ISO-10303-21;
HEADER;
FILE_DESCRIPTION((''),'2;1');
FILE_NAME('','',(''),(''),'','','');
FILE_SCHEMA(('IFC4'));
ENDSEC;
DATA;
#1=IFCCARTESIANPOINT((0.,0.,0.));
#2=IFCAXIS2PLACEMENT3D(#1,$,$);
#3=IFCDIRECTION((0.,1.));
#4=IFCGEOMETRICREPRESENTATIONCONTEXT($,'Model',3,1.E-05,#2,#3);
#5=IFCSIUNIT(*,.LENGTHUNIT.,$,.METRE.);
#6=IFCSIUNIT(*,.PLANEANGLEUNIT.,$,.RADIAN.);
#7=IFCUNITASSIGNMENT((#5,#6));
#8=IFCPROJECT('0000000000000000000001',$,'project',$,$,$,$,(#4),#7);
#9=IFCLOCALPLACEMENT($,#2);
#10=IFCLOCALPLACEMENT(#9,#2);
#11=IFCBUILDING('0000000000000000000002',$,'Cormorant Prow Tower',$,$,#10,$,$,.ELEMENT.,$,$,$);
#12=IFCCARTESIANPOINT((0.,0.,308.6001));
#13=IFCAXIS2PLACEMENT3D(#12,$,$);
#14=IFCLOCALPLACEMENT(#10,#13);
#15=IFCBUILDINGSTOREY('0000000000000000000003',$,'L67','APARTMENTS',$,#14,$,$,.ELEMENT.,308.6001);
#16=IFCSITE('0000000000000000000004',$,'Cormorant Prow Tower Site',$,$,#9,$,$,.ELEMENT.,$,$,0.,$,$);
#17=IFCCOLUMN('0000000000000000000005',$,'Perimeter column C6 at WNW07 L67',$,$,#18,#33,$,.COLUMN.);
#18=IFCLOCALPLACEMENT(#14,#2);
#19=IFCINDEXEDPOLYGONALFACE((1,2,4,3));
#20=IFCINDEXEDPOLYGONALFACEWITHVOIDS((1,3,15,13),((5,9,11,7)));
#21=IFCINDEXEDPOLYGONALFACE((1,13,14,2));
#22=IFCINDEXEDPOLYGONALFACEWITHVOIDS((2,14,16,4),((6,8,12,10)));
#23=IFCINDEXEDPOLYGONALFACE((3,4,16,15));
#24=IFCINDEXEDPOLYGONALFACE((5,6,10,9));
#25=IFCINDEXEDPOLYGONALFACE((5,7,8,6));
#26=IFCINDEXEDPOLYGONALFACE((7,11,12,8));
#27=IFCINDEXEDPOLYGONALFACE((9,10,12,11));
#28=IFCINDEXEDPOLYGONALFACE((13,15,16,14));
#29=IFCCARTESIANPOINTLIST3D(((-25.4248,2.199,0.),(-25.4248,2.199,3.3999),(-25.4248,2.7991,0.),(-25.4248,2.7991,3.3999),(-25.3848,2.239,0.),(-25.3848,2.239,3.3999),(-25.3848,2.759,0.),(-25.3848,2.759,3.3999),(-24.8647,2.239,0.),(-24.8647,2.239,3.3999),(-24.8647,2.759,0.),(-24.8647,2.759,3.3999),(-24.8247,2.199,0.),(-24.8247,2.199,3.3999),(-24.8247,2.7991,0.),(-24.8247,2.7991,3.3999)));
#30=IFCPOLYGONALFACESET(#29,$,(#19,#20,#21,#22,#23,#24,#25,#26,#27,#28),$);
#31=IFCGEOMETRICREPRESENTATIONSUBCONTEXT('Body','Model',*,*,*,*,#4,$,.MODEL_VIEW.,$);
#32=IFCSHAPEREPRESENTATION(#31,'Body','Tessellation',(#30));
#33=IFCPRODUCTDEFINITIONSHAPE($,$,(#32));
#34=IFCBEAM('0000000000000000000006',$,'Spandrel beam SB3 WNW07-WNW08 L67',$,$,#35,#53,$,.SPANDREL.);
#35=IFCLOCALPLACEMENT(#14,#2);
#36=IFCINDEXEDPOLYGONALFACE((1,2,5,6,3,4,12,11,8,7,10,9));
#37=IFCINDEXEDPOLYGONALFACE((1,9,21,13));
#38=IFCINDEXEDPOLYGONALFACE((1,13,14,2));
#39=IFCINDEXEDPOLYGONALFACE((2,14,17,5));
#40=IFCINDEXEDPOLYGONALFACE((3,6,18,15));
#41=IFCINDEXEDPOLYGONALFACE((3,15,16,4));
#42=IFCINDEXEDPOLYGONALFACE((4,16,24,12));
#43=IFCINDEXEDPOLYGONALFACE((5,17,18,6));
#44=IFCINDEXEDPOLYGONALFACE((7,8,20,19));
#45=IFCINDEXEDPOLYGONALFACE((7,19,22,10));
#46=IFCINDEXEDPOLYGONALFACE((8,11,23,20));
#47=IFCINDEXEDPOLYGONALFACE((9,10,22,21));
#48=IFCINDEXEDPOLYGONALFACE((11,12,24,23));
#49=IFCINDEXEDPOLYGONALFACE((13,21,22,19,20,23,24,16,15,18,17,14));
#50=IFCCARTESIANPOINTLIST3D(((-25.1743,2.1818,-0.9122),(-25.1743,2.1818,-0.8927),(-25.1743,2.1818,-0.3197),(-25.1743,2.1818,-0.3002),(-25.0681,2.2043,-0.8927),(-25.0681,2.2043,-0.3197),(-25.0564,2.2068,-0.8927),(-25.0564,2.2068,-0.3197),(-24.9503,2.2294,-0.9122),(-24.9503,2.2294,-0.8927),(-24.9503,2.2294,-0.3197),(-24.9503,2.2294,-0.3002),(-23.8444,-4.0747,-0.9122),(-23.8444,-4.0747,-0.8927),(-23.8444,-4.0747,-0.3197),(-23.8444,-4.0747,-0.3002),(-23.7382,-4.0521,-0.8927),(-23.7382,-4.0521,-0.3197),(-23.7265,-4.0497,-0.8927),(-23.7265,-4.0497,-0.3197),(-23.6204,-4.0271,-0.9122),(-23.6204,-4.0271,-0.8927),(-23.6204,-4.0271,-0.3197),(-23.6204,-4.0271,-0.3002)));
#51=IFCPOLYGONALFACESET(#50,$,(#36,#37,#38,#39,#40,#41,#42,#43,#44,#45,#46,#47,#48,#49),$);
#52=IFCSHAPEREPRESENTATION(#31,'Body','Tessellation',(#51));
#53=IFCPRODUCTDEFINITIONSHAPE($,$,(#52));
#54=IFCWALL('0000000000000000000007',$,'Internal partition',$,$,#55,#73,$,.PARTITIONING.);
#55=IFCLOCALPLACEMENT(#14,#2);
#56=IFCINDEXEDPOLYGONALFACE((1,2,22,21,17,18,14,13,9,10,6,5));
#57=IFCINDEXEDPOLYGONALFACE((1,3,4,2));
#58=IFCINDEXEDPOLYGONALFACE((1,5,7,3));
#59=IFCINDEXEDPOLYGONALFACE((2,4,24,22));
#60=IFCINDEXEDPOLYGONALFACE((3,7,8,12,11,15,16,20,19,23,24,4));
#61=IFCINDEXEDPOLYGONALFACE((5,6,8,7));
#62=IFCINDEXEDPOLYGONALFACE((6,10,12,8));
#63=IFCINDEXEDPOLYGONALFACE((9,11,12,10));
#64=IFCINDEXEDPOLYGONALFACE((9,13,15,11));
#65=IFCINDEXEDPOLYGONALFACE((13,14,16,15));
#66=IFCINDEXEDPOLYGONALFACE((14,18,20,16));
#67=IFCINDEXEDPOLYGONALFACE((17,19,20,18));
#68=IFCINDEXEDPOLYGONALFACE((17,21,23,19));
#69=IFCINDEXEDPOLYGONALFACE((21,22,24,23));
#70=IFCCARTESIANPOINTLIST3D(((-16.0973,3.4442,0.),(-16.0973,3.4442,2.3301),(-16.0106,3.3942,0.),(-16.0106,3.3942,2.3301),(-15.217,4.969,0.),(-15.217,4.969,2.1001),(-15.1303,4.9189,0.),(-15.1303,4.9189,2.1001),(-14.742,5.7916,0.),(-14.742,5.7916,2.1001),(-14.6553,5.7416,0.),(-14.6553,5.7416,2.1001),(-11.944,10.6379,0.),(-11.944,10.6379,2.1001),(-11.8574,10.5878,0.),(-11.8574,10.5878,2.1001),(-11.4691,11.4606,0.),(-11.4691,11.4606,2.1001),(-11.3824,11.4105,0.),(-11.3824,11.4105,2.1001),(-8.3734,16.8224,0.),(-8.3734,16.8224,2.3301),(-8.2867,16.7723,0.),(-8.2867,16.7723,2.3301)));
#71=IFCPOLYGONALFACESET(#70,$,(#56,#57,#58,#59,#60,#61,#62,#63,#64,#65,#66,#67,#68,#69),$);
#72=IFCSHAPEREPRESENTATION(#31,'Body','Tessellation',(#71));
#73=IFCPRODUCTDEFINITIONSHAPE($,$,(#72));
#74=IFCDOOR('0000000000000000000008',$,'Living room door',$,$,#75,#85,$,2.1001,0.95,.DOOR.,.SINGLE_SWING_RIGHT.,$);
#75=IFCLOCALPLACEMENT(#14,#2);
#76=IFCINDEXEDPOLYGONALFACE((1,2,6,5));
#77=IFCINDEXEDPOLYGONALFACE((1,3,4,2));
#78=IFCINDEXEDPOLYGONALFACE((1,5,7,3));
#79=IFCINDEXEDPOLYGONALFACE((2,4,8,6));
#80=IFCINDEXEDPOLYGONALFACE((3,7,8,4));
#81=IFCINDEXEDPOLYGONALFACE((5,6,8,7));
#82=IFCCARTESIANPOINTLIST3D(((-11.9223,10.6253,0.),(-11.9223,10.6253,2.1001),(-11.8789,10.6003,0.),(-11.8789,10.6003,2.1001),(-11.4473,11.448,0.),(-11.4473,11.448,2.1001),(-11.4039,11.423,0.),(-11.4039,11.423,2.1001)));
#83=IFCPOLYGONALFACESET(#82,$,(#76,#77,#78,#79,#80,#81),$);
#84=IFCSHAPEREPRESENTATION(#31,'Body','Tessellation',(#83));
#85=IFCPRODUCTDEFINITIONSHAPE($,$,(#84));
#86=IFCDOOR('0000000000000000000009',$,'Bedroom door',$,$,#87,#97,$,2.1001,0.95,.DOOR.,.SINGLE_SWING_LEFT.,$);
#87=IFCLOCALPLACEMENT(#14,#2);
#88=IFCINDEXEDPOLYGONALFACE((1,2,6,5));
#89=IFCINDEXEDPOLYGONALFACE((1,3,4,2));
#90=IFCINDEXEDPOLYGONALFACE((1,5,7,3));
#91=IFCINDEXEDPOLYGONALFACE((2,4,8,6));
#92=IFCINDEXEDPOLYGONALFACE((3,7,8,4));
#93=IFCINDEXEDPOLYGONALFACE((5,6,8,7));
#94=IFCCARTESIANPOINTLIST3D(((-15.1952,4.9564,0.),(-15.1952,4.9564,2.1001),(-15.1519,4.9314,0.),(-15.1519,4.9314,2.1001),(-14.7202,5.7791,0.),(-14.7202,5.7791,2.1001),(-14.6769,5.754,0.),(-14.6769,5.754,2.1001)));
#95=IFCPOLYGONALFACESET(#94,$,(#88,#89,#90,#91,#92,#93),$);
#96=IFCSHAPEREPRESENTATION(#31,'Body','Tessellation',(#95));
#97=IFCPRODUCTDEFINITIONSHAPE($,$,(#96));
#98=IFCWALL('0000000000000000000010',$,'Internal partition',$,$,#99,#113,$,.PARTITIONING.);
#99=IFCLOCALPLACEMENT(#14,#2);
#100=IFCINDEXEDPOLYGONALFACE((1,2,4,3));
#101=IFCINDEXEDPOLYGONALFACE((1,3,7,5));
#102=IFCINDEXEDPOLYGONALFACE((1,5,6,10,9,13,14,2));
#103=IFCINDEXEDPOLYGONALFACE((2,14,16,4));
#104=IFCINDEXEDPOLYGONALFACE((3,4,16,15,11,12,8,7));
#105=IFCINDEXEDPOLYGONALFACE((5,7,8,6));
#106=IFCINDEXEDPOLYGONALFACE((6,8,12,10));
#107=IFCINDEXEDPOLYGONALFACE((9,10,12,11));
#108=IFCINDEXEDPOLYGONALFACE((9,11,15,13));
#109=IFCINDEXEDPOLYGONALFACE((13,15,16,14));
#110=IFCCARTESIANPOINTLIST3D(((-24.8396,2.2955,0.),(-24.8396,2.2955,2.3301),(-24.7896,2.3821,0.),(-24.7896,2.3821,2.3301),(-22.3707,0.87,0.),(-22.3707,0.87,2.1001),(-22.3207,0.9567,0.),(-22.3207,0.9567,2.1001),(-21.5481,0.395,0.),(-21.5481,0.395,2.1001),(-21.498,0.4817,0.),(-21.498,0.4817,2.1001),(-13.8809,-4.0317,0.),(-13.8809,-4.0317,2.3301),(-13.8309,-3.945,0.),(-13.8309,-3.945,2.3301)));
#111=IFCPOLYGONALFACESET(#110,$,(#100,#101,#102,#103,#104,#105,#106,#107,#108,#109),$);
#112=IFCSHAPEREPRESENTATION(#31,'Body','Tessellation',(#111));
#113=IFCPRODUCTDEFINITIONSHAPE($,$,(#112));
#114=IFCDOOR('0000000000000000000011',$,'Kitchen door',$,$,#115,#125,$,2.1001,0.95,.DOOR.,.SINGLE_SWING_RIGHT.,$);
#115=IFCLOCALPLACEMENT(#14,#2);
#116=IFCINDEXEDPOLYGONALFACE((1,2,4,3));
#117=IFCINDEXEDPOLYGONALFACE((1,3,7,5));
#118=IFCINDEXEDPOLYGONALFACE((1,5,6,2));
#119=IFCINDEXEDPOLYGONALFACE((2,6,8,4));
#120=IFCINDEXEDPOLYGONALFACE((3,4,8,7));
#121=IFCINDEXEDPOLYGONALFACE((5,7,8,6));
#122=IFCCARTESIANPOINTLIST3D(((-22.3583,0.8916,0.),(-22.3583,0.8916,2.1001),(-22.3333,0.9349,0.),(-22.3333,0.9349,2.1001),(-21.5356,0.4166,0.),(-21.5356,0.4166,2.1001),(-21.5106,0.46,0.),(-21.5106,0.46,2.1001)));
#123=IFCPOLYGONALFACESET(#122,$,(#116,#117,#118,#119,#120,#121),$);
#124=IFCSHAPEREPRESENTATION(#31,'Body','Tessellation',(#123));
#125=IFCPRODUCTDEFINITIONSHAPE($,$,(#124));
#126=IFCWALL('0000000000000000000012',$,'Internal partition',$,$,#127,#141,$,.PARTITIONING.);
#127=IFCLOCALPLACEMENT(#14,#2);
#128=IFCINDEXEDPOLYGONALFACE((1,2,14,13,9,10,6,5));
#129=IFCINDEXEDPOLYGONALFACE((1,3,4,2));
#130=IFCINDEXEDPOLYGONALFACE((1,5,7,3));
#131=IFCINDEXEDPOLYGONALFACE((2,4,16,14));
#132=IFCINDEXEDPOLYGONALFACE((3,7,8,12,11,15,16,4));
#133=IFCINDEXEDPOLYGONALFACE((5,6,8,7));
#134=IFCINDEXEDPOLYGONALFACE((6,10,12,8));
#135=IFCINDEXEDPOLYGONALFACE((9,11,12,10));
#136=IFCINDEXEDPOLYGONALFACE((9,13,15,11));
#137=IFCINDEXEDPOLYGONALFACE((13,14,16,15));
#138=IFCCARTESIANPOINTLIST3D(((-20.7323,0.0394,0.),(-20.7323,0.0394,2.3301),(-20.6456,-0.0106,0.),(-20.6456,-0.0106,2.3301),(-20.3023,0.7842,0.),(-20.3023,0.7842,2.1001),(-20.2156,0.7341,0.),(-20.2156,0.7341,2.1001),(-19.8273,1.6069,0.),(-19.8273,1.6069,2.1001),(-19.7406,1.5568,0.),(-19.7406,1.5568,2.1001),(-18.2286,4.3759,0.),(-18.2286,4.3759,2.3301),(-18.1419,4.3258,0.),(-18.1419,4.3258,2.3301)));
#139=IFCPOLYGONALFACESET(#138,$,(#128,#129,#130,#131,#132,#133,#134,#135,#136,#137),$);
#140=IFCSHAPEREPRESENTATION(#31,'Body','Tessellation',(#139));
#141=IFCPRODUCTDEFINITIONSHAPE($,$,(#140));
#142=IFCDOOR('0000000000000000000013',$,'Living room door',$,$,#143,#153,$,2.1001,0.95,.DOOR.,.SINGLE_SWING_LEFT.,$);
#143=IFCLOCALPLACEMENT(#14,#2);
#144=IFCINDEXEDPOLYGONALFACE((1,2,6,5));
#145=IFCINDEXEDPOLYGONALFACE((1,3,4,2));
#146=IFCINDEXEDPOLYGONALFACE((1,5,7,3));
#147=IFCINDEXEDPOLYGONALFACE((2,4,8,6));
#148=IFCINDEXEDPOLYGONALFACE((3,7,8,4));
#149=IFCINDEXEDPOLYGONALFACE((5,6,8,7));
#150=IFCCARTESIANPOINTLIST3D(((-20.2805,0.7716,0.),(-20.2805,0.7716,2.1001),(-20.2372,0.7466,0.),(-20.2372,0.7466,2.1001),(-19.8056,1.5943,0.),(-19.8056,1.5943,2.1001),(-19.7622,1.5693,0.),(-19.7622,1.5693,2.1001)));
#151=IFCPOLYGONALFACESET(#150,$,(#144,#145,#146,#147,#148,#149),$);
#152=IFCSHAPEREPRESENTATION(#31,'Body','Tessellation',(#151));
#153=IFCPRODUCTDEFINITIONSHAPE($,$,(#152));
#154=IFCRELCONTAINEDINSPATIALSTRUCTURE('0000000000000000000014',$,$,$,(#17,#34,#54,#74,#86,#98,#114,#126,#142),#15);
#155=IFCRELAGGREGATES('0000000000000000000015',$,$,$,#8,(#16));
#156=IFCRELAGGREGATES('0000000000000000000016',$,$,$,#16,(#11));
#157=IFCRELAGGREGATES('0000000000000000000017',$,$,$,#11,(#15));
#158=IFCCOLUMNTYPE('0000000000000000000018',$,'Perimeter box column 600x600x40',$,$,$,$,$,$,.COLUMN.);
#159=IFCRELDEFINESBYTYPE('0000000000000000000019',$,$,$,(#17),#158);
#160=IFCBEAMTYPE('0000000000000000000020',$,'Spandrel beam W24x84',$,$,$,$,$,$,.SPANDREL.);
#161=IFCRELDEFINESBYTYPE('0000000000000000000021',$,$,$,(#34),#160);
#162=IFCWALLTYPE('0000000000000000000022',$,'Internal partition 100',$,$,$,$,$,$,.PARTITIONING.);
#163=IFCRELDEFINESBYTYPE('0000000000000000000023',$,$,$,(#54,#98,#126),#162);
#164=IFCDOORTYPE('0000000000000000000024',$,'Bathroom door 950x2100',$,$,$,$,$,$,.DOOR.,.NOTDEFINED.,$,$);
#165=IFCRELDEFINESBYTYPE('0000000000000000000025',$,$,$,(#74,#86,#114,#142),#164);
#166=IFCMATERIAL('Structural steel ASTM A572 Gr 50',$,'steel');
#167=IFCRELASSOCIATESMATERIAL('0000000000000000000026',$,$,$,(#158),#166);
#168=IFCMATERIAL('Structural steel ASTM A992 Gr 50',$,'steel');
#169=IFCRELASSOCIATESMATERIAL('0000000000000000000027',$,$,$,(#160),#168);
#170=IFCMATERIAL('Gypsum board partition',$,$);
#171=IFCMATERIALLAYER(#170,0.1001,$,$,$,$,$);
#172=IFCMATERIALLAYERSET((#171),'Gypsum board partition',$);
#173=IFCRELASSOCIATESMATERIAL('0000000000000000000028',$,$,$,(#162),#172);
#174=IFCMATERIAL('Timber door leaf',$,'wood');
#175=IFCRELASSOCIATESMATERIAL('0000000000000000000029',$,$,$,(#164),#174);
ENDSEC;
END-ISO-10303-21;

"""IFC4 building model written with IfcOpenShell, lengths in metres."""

from ifc_helpers import new_model, si_unit, direction, frame, frame_2d, origin, origin_2d, place, context, subcontext, project, spatial, rectangle, hollow_rectangle, i_section, extrude, material, layer, layer_set, material_profile, profile_set, type_object, element, fill, save


model = new_model("IFC4")

# Units and contexts
model_context = context("Model", 3, precision=1e-05, world=origin(), true_north=direction((0.0, 1.0)))
body_context = subcontext(model_context, "Body", "Model", "MODEL_VIEW")
ifc_project = project(units=[si_unit("LENGTHUNIT", "METRE"), si_unit("PLANEANGLEUNIT", "RADIAN")], contexts=[model_context])

# Site, building, storey
site_placement = place(None, origin())
site = spatial("IfcSite", under=ifc_project, at=site_placement, Name="Cormorant Prow Tower Site", CompositionType="ELEMENT", RefElevation=0.0)
building_placement = place(site_placement, origin())
building = spatial("IfcBuilding", under=site, at=building_placement, Name="Cormorant Prow Tower", CompositionType="ELEMENT")
storey_placement = place(building_placement, frame((0.0, 0.0, 308.6001)))
storey = spatial("IfcBuildingStorey", under=building, at=storey_placement, Name="L67", Description="APARTMENTS", CompositionType="ELEMENT", Elevation=308.6001)

# Column
ifc_material_1 = material(Name="Structural steel ASTM A572 Gr 50", Category="steel")
ifc_material_profile_1 = material_profile(ifc_material_1, hollow_rectangle(XDim=0.6001, YDim=0.6001, WallThickness=0.04, at=origin_2d()), Name="Box 600x600x40")
ifc_profile_set_1 = profile_set([ifc_material_profile_1], Name="Structural steel ASTM A572 Gr 50")
column_type = type_object("IfcColumnType", Name="Perimeter box column 600x600x40", PredefinedType="COLUMN", material=ifc_profile_set_1)
column_placement = place(storey_placement, frame((-25.1248, 2.499, 0.0), z_axis=(0.0, 0.0, 1.0), x_axis=(1.0, 0.0, 0.0)))
element("IfcColumn", 1, at=column_placement, inside=storey, type_object=column_type, Name="Perimeter column C6 at WNW07 L67", PredefinedType="COLUMN", context=body_context, shape_type="SweptSolid", body=[
    extrude(hollow_rectangle(XDim=0.6001, YDim=0.6001, WallThickness=0.04, at=origin_2d()), origin(), (0.0, 0.0, 1.0), 3.3999),
])

# Beam
ifc_material_2 = material(Name="Structural steel ASTM A992 Gr 50", Category="steel")
ifc_material_profile_2 = material_profile(ifc_material_2, i_section(OverallWidth=0.229, OverallDepth=0.6121, WebThickness=0.012, FlangeThickness=0.0195, at=origin_2d()), Name="W24x84")
ifc_profile_set_2 = profile_set([ifc_material_profile_2], Name="Structural steel ASTM A992 Gr 50")
beam_type = type_object("IfcBeamType", Name="Spandrel beam W24x84", PredefinedType="SPANDREL", material=ifc_profile_set_2)
beam_placement = place(storey_placement, frame((-25.0623, 2.2056, -0.6062), z_axis=(0.207913, -0.978147, 0.0), x_axis=(0.978147, 0.207913, 0.0)))
element("IfcBeam", 2, at=beam_placement, inside=storey, type_object=beam_type, Name="Spandrel beam SB3 WNW07-WNW08 L67", PredefinedType="SPANDREL", context=body_context, shape_type="SweptSolid", body=[
    extrude(i_section(OverallWidth=0.229, OverallDepth=0.6121, WebThickness=0.012, FlangeThickness=0.0195, at=origin_2d()), origin(), (0.0, 0.0, 1.0), 6.3962),
])

# Wall, openings, doors
ifc_material_3 = material(Name="Gypsum board partition")
ifc_layer_1 = layer(ifc_material_3, 0.1001)
ifc_layer_set_1 = layer_set([ifc_layer_1], Name="Gypsum board partition")
wall_type_1 = type_object("IfcWallType", Name="Internal partition 100", PredefinedType="PARTITIONING", material=ifc_layer_set_1)
wall_1_placement = place(storey_placement, frame((-16.054, 3.4192, 0.0), z_axis=(0.0, 0.0, 1.0), x_axis=(0.499999, 0.866026, 0.0)))
wall_1 = element("IfcWall", 3, at=wall_1_placement, inside=storey, type_object=wall_type_1, Name="Internal partition", PredefinedType="PARTITIONING", context=body_context, shape_type="SweptSolid", body=[
    extrude(rectangle(XDim=15.4478, YDim=0.1001, at=frame_2d((7.7239, 0.0))), origin(), (0.0, 0.0, 1.0), 2.3301),
])
opening_1_placement = place(wall_1_placement, frame((8.3064, 0.0, 0.0)))
opening_1 = element("IfcOpeningElement", 4, at=opening_1_placement, cuts=wall_1, PredefinedType="OPENING", context=body_context, shape_type="SweptSolid", body=[
    extrude(rectangle(XDim=0.95, YDim=2.1001, at=frame_2d((0.4751, 1.05))), frame((0.0, 0.0601, 0.0), z_axis=(0.0, -1.0, 0.0), x_axis=(1.0, 0.0, 0.0)), (0.0, 0.0, 1.0), 0.1201),
])
opening_2_placement = place(wall_1_placement, frame((1.7605, 0.0, 0.0)))
opening_2 = element("IfcOpeningElement", 5, at=opening_2_placement, cuts=wall_1, PredefinedType="OPENING", context=body_context, shape_type="SweptSolid", body=[
    extrude(rectangle(XDim=0.95, YDim=2.1001, at=frame_2d((0.4751, 1.05))), frame((0.0, 0.0601, 0.0), z_axis=(0.0, -1.0, 0.0), x_axis=(1.0, 0.0, 0.0)), (0.0, 0.0, 1.0), 0.1201),
])
ifc_material_4 = material(Name="Timber door leaf", Category="wood")
door_type_1 = type_object("IfcDoorType", Name="Bathroom door 950x2100", OperationType="NOTDEFINED", PredefinedType="DOOR", material=ifc_material_4)
door_1_placement = place(opening_1_placement, origin())
door_1 = element("IfcDoor", 6, at=door_1_placement, inside=storey, type_object=door_type_1, Name="Living room door", OperationType="SINGLE_SWING_RIGHT", OverallHeight=2.1001, OverallWidth=0.95, PredefinedType="DOOR", context=body_context, shape_type="SweptSolid", body=[
    extrude(rectangle(XDim=0.95, YDim=2.1001, at=frame_2d((0.4751, 1.05))), frame((0.0, 0.0249, 0.0), z_axis=(0.0, -1.0, 0.0), x_axis=(1.0, 0.0, 0.0)), (0.0, 0.0, 1.0), 0.05),
])
fill(opening_1, door_1)
door_2_placement = place(opening_2_placement, origin())
door_2 = element("IfcDoor", 7, at=door_2_placement, inside=storey, type_object=door_type_1, Name="Bedroom door", OperationType="SINGLE_SWING_LEFT", OverallHeight=2.1001, OverallWidth=0.95, PredefinedType="DOOR", context=body_context, shape_type="SweptSolid", body=[
    extrude(rectangle(XDim=0.95, YDim=2.1001, at=frame_2d((0.4751, 1.05))), frame((0.0, 0.0249, 0.0), z_axis=(0.0, -1.0, 0.0), x_axis=(1.0, 0.0, 0.0)), (0.0, 0.0, 1.0), 0.05),
])
fill(opening_2, door_2)

# Walls, openings, doors
wall_2_placement = place(storey_placement, frame((-24.8147, 2.3389, 0.0), z_axis=(0.0, 0.0, 1.0), x_axis=(0.866021, -0.500007, 0.0)))
wall_2 = element("IfcWall", 8, at=wall_2_placement, inside=storey, type_object=wall_type_1, Name="Internal partition", PredefinedType="PARTITIONING", context=body_context, shape_type="SweptSolid", body=[
    extrude(rectangle(XDim=12.6541, YDim=0.1001, at=frame_2d((6.3271, 0.0))), origin(), (0.0, 0.0, 1.0), 2.3301),
])
opening_3_placement = place(wall_2_placement, frame((2.8508, 0.0, 0.0)))
opening_3 = element("IfcOpeningElement", 9, at=opening_3_placement, cuts=wall_2, PredefinedType="OPENING", context=body_context, shape_type="SweptSolid", body=[
    extrude(rectangle(XDim=0.95, YDim=2.1001, at=frame_2d((0.4751, 1.05))), frame((0.0, 0.0601, 0.0), z_axis=(0.0, -1.0, 0.0), x_axis=(1.0, 0.0, 0.0)), (0.0, 0.0, 1.0), 0.1201),
])
door_3_placement = place(opening_3_placement, origin())
door_3 = element("IfcDoor", 10, at=door_3_placement, inside=storey, type_object=door_type_1, Name="Kitchen door", OperationType="SINGLE_SWING_RIGHT", OverallHeight=2.1001, OverallWidth=0.95, PredefinedType="DOOR", context=body_context, shape_type="SweptSolid", body=[
    extrude(rectangle(XDim=0.95, YDim=2.1001, at=frame_2d((0.4751, 1.05))), frame((0.0, 0.0249, 0.0), z_axis=(0.0, -1.0, 0.0), x_axis=(1.0, 0.0, 0.0)), (0.0, 0.0, 1.0), 0.05),
])
fill(opening_3, door_3)
wall_3_placement = place(storey_placement, frame((-20.689, 0.0144, 0.0), z_axis=(0.0, 0.0, 1.0), x_axis=(0.500004, 0.866023, 0.0)))
wall_3 = element("IfcWall", 11, at=wall_3_placement, inside=storey, type_object=wall_type_1, Name="Internal partition", PredefinedType="PARTITIONING", context=body_context, shape_type="SweptSolid", body=[
    extrude(rectangle(XDim=5.0073, YDim=0.1001, at=frame_2d((2.5037, 0.0))), origin(), (0.0, 0.0, 1.0), 2.3301),
])
opening_4_placement = place(wall_3_placement, frame((0.8599, 0.0, 0.0)))
opening_4 = element("IfcOpeningElement", 12, at=opening_4_placement, cuts=wall_3, PredefinedType="OPENING", context=body_context, shape_type="SweptSolid", body=[
    extrude(rectangle(XDim=0.95, YDim=2.1001, at=frame_2d((0.4751, 1.05))), frame((0.0, 0.0601, 0.0), z_axis=(0.0, -1.0, 0.0), x_axis=(1.0, 0.0, 0.0)), (0.0, 0.0, 1.0), 0.1201),
])
door_4_placement = place(opening_4_placement, origin())
door_4 = element("IfcDoor", 13, at=door_4_placement, inside=storey, type_object=door_type_1, Name="Living room door", OperationType="SINGLE_SWING_LEFT", OverallHeight=2.1001, OverallWidth=0.95, PredefinedType="DOOR", context=body_context, shape_type="SweptSolid", body=[
    extrude(rectangle(XDim=0.95, YDim=2.1001, at=frame_2d((0.4751, 1.05))), frame((0.0, 0.0249, 0.0), z_axis=(0.0, -1.0, 0.0), x_axis=(1.0, 0.0, 0.0)), (0.0, 0.0, 1.0), 0.05),
])
fill(opening_4, door_4)

save(model, "model.ifc")
